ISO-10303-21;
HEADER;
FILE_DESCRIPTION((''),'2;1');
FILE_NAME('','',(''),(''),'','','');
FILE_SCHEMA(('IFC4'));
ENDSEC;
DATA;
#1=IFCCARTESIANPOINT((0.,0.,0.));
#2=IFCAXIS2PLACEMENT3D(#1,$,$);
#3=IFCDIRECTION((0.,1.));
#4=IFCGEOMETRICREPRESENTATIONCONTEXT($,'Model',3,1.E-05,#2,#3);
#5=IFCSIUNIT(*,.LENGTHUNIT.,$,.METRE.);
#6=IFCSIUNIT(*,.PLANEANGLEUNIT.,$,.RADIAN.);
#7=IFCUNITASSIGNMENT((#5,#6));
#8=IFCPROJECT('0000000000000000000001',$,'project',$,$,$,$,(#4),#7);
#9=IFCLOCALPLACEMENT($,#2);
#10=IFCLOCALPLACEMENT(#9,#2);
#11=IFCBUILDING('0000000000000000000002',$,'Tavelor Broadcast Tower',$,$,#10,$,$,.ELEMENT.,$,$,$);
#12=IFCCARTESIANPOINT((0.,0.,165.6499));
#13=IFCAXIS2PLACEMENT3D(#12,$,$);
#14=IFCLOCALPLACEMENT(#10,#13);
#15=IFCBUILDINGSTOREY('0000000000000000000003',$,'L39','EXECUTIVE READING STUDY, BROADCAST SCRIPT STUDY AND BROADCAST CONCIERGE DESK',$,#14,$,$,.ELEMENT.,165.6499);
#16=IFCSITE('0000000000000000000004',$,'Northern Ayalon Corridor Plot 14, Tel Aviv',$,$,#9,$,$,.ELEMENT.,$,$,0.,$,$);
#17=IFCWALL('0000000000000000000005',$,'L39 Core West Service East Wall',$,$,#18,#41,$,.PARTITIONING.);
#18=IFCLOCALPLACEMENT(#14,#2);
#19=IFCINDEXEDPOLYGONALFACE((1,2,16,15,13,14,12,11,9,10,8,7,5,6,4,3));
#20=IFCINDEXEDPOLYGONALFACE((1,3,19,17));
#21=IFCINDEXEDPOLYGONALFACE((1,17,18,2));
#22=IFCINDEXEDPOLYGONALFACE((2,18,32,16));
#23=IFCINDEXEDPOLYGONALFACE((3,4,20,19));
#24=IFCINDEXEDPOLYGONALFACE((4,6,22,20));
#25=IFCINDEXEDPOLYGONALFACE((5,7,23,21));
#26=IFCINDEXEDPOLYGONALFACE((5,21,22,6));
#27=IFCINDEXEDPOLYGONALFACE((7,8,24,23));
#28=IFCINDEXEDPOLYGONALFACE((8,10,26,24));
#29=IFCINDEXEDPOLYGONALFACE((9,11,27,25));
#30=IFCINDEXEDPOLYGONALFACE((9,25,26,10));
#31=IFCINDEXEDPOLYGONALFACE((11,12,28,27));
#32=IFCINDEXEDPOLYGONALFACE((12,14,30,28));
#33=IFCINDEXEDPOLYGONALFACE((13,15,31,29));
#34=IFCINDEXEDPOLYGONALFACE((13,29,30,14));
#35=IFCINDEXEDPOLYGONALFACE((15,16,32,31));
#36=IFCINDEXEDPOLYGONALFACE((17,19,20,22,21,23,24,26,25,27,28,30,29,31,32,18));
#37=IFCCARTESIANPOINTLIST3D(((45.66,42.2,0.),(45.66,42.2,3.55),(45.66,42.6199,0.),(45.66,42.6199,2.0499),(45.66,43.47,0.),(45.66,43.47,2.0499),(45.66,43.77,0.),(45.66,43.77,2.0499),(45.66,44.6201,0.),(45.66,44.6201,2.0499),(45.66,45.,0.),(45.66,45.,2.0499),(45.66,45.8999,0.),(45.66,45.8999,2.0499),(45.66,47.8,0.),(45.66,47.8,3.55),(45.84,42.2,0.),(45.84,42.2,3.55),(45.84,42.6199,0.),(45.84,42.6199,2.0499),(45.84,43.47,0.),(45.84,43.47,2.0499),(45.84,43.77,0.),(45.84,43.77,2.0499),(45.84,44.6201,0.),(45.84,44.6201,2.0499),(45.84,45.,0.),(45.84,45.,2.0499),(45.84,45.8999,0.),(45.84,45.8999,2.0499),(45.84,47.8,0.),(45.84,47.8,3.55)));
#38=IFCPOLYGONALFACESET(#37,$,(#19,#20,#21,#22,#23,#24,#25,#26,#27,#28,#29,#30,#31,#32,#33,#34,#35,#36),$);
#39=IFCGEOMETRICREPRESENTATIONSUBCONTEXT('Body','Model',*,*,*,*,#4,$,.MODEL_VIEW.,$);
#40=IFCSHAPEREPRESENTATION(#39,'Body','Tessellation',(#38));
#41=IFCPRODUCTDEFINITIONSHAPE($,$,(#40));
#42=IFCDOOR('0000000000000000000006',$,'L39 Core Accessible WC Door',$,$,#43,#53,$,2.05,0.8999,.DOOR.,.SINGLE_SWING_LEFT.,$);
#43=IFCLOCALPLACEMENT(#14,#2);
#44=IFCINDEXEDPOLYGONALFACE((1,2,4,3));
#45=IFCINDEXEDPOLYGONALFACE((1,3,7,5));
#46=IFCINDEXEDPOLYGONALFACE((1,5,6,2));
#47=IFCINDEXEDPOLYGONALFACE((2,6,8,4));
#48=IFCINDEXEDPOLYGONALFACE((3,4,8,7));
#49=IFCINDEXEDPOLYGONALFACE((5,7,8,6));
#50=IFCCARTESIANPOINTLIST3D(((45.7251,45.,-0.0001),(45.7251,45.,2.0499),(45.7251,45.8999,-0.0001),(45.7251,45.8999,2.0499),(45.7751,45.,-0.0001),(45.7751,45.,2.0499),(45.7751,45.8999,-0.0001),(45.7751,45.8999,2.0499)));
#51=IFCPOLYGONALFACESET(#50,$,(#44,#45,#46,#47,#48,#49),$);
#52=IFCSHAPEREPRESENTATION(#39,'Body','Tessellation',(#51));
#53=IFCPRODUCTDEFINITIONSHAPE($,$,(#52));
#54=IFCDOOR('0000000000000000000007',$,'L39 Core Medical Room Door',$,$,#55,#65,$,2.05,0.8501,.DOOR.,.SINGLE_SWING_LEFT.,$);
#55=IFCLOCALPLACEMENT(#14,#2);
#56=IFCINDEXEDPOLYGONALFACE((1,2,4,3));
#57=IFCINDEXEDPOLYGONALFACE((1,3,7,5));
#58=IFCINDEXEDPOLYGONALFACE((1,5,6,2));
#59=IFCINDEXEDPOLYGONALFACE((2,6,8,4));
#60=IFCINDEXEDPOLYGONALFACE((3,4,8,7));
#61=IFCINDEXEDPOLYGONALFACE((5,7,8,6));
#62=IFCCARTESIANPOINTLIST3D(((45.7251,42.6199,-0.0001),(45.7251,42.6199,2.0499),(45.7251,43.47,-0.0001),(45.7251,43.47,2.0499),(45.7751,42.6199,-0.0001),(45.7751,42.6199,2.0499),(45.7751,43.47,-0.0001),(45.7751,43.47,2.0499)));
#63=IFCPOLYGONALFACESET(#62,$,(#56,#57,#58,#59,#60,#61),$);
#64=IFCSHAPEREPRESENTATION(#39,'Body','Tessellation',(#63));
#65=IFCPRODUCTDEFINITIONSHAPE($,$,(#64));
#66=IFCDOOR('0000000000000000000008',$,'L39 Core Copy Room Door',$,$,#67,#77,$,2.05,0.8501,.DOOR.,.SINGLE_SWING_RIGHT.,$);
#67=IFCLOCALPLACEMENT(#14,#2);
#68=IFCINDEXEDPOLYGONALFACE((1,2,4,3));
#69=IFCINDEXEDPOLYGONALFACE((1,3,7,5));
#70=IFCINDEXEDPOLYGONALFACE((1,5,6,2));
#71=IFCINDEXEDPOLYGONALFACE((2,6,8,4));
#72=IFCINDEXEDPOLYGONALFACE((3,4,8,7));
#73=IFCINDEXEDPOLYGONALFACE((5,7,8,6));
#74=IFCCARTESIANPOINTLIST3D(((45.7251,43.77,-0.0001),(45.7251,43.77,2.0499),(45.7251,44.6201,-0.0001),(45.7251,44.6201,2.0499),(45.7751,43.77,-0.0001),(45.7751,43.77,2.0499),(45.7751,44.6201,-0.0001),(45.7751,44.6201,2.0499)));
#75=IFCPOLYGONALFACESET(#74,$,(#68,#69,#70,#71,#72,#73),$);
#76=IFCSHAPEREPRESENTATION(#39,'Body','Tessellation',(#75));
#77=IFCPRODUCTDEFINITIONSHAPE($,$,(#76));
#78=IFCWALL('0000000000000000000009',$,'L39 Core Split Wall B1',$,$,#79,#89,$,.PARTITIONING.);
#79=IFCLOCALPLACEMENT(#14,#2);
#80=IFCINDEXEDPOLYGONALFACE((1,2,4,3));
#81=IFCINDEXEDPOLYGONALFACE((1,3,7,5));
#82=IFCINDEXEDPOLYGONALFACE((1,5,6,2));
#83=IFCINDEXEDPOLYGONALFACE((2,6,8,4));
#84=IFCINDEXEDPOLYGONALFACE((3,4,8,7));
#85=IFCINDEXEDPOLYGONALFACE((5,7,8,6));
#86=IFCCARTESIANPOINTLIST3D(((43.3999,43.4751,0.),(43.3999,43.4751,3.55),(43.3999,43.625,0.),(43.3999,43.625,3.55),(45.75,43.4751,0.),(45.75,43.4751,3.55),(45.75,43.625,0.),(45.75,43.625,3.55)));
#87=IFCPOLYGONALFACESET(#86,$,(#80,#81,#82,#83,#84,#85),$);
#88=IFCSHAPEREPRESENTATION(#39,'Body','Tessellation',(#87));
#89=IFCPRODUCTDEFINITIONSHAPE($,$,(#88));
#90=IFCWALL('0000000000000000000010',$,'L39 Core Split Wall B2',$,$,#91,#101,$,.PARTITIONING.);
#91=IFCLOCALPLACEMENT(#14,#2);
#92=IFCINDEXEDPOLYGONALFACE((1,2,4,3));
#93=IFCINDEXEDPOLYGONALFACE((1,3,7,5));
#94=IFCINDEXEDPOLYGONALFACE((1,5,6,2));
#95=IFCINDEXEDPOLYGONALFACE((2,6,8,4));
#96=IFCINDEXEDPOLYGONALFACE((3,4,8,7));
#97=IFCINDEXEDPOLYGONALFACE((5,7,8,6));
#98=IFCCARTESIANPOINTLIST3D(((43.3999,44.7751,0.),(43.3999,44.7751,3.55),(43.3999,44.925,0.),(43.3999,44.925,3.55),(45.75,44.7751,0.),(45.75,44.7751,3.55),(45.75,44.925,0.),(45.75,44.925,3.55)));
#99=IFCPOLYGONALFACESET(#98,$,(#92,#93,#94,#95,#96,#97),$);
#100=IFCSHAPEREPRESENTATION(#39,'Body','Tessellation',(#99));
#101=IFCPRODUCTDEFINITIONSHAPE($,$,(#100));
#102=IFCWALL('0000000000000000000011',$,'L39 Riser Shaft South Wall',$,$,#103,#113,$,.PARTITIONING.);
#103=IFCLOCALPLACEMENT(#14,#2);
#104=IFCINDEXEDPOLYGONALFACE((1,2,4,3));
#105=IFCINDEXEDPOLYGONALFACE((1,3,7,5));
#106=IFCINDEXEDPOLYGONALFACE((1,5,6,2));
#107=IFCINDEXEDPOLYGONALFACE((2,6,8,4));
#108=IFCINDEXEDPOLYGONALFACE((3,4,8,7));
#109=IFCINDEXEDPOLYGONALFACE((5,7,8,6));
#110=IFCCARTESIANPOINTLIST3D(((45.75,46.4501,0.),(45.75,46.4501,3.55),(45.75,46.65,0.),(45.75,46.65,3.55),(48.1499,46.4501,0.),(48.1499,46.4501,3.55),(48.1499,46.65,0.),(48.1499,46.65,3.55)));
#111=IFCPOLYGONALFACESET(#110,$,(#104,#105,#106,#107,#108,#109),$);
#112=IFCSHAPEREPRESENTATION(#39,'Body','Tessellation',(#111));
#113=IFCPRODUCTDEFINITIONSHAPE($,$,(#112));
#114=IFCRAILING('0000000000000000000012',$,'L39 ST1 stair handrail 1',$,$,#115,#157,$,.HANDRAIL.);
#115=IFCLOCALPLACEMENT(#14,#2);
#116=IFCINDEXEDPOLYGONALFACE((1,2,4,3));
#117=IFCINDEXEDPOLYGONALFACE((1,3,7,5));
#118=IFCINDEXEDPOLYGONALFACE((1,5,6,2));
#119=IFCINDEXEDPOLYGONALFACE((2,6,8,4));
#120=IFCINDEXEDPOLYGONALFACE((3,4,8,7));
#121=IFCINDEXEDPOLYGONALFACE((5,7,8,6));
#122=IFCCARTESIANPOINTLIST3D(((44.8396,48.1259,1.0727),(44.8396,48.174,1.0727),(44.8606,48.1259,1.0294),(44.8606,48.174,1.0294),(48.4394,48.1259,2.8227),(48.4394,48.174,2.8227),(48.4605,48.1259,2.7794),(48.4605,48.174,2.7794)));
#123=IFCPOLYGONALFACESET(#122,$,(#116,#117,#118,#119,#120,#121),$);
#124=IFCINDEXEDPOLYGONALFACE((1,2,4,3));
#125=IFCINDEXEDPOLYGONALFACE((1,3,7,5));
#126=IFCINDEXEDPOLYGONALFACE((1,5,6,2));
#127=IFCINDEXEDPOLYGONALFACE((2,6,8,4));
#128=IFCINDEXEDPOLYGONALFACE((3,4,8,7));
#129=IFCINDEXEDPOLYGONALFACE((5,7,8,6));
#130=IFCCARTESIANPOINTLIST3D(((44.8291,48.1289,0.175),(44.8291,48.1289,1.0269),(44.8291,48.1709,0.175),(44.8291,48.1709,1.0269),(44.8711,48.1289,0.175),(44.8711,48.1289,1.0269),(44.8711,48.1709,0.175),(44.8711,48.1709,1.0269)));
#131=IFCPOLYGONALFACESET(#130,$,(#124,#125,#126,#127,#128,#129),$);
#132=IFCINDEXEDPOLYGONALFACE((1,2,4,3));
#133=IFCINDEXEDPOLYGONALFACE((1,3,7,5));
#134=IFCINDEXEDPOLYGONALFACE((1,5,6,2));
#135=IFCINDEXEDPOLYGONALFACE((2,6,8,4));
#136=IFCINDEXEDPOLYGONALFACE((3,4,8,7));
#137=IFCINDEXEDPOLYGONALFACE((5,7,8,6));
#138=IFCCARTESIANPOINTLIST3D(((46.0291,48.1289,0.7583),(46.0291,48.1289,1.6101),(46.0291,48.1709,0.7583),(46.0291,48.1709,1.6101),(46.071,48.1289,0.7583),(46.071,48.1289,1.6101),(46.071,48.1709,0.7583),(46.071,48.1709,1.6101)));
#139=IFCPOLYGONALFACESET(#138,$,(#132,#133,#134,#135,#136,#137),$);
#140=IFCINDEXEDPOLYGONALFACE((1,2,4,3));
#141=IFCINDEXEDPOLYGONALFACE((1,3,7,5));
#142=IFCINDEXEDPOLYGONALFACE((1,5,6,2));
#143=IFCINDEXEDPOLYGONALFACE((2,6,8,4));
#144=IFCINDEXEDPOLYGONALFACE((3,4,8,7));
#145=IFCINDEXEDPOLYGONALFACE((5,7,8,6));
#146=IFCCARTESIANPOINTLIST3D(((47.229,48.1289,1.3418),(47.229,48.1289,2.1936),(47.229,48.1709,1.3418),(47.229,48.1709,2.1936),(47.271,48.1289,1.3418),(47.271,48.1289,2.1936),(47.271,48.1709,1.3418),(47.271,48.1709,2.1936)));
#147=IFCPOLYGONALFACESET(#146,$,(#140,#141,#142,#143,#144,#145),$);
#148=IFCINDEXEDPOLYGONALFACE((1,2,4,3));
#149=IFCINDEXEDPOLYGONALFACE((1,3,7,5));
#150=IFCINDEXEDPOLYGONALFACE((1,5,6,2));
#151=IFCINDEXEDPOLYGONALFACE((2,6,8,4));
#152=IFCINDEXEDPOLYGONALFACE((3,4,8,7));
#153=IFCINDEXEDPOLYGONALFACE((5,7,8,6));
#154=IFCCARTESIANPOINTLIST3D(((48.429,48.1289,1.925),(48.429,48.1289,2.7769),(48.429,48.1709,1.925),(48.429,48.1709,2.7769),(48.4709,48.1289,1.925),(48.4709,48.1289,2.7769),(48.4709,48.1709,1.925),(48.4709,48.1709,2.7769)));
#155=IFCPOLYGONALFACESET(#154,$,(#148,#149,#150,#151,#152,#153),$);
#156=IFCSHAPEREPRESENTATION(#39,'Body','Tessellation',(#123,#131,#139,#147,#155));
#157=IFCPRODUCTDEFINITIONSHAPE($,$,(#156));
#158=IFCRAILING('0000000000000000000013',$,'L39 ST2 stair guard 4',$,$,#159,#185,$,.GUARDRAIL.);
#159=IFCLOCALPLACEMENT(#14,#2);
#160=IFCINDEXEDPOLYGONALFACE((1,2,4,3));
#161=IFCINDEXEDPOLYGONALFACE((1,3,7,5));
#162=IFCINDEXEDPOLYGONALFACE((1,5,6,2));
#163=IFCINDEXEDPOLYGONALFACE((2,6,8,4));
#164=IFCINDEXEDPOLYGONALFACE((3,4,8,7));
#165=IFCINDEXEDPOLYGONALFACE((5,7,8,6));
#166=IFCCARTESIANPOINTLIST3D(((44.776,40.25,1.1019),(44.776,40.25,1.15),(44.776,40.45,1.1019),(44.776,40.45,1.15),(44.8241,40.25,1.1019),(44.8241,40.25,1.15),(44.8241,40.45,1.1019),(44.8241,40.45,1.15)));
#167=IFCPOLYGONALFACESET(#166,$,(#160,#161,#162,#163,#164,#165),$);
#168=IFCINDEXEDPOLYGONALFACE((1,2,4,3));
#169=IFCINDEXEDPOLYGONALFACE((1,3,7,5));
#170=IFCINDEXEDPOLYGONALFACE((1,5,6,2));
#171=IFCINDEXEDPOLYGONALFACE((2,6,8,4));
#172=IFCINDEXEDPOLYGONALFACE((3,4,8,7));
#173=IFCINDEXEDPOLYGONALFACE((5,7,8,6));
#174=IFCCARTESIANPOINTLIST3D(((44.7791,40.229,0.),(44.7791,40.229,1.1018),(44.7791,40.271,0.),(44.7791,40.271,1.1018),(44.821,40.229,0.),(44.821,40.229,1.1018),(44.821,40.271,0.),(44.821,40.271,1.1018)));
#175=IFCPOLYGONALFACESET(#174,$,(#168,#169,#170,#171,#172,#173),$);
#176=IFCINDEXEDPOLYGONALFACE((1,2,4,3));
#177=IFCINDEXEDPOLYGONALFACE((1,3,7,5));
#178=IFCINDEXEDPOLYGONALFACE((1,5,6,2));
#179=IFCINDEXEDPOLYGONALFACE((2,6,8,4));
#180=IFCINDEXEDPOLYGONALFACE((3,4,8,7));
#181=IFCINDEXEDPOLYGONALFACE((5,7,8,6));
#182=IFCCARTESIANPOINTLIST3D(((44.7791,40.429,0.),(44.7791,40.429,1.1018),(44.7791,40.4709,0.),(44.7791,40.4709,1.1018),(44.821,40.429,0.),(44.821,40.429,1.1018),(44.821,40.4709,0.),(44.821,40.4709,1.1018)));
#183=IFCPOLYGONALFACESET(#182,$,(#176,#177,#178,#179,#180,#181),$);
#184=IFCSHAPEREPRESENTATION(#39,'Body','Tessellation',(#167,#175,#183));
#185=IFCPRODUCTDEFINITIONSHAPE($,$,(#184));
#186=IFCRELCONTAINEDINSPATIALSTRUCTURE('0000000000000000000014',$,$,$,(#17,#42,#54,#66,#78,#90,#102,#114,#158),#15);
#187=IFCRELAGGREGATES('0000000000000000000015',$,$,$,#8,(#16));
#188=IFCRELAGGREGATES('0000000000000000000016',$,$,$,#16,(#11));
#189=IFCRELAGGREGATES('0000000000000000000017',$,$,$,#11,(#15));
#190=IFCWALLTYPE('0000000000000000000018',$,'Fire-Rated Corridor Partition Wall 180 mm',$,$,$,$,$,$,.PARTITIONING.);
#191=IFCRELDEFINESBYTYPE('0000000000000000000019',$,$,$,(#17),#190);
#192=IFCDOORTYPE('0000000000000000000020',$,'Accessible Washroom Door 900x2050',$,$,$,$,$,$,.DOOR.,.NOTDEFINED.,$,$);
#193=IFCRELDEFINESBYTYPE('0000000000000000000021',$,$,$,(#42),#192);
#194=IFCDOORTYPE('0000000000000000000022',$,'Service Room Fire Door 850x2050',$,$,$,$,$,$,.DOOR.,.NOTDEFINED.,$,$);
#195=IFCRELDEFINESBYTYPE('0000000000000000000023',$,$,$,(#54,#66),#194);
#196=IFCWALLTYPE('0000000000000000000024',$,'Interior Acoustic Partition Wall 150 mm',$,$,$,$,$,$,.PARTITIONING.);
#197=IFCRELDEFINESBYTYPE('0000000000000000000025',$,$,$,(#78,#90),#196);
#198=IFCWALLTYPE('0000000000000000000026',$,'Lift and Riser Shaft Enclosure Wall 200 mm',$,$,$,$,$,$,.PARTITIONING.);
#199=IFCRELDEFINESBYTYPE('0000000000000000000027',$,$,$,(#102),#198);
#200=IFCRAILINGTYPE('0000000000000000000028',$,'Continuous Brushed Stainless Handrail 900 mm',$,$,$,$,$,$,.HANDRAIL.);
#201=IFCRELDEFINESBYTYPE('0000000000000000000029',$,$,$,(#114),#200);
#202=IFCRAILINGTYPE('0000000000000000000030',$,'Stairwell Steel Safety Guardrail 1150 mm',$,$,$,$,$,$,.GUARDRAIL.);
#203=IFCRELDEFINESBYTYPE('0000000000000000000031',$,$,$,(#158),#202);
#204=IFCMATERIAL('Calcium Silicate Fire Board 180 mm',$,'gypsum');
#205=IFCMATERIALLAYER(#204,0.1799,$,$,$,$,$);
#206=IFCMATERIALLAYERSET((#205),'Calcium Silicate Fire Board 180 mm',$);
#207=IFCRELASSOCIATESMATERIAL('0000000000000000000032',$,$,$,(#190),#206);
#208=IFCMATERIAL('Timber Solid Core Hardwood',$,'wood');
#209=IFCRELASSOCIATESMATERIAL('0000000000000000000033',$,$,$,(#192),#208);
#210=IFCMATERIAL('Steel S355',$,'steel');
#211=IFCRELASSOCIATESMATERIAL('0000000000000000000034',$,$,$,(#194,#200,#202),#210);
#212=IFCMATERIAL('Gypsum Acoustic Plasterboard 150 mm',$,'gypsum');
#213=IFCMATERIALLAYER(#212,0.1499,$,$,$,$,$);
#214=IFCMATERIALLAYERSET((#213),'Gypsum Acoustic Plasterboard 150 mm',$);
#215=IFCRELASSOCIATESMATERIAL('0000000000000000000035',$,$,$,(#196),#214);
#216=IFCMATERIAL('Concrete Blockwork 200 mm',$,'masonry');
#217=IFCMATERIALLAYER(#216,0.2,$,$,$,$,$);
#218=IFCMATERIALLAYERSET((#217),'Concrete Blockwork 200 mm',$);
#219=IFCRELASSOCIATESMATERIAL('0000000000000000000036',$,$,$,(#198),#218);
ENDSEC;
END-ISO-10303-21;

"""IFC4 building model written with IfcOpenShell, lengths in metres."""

from ifc_helpers import new_model, si_unit, direction, frame, frame_2d, origin, origin_2d, place, context, subcontext, project, spatial, rectangle, extrude, material, layer, layer_set, type_object, element, fill, save


model = new_model("IFC4")

# Units and contexts
model_context = context("Model", 3, precision=1e-05, world=origin(), true_north=direction((0.0, 1.0)))
body_context = subcontext(model_context, "Body", "Model", "MODEL_VIEW")
ifc_project = project(units=[si_unit("LENGTHUNIT", "METRE"), si_unit("PLANEANGLEUNIT", "RADIAN")], contexts=[model_context])

# Site, building, storey
site_placement = place(None, origin())
site = spatial("IfcSite", under=ifc_project, at=site_placement, Name="Northern Ayalon Corridor Plot 14, Tel Aviv", CompositionType="ELEMENT", RefElevation=0.0)
building_placement = place(site_placement, origin())
building = spatial("IfcBuilding", under=site, at=building_placement, Name="Tavelor Broadcast Tower", CompositionType="ELEMENT")
storey_placement = place(building_placement, frame((0.0, 0.0, 165.6499)))
storey = spatial("IfcBuildingStorey", under=building, at=storey_placement, Name="L39", Description="EXECUTIVE READING STUDY, BROADCAST SCRIPT STUDY AND BROADCAST CONCIERGE DESK", CompositionType="ELEMENT", Elevation=165.6499)

# Wall, openings, doors
ifc_material_1 = material(Name="Calcium Silicate Fire Board 180 mm", Category="gypsum")
ifc_layer_1 = layer(ifc_material_1, 0.1799)
ifc_layer_set_1 = layer_set([ifc_layer_1], Name="Calcium Silicate Fire Board 180 mm")
wall_type_1 = type_object("IfcWallType", Name="Fire-Rated Corridor Partition Wall 180 mm", PredefinedType="PARTITIONING", material=ifc_layer_set_1)
wall_1_placement = place(storey_placement, frame((45.75, 42.2, 0.0), z_axis=(0.0, 0.0, 1.0), x_axis=(0.0, 1.0, 0.0)))
wall_1 = element("IfcWall", 1, at=wall_1_placement, inside=storey, type_object=wall_type_1, Name="L39 Core West Service East Wall", PredefinedType="PARTITIONING", context=body_context, shape_type="SweptSolid", body=[
    extrude(rectangle(XDim=5.6001, YDim=0.1799, at=frame_2d((2.8, 0.0))), origin(), (0.0, 0.0, 1.0), 3.55),
])
opening_1_placement = place(wall_1_placement, frame((0.4199, 0.0, 0.0)))
opening_1 = element("IfcOpeningElement", 2, at=opening_1_placement, cuts=wall_1, PredefinedType="OPENING", context=body_context, shape_type="SweptSolid", body=[
    extrude(rectangle(XDim=0.8501, YDim=2.05, at=frame_2d((0.425, 1.0249))), frame((0.0, 0.1001, 0.0), z_axis=(0.0, -1.0, 0.0), x_axis=(1.0, 0.0, 0.0)), (0.0, 0.0, 1.0), 0.2),
])
opening_2_placement = place(wall_1_placement, frame((1.5701, 0.0, 0.0)))
opening_2 = element("IfcOpeningElement", 3, at=opening_2_placement, cuts=wall_1, PredefinedType="OPENING", context=body_context, shape_type="SweptSolid", body=[
    extrude(rectangle(XDim=0.8501, YDim=2.05, at=frame_2d((0.425, 1.0249))), frame((0.0, 0.1001, 0.0), z_axis=(0.0, -1.0, 0.0), x_axis=(1.0, 0.0, 0.0)), (0.0, 0.0, 1.0), 0.2),
])
opening_3_placement = place(wall_1_placement, frame((2.8, 0.0, 0.0)))
opening_3 = element("IfcOpeningElement", 4, at=opening_3_placement, cuts=wall_1, PredefinedType="OPENING", context=body_context, shape_type="SweptSolid", body=[
    extrude(rectangle(XDim=0.8999, YDim=2.05, at=frame_2d((0.45, 1.0249))), frame((0.0, 0.1001, 0.0), z_axis=(0.0, -1.0, 0.0), x_axis=(1.0, 0.0, 0.0)), (0.0, 0.0, 1.0), 0.2),
])
ifc_material_2 = material(Name="Timber Solid Core Hardwood", Category="wood")
door_type_1 = type_object("IfcDoorType", Name="Accessible Washroom Door 900x2050", OperationType="NOTDEFINED", PredefinedType="DOOR", material=ifc_material_2)
door_1_placement = place(opening_3_placement, origin())
door_1 = element("IfcDoor", 5, at=door_1_placement, inside=storey, type_object=door_type_1, Name="L39 Core Accessible WC Door", OperationType="SINGLE_SWING_LEFT", OverallHeight=2.05, OverallWidth=0.8999, PredefinedType="DOOR", context=body_context, shape_type="SweptSolid", body=[
    extrude(rectangle(XDim=0.8999, YDim=2.05, at=frame_2d((0.45, 1.0249))), frame((0.0, 0.0249, 0.0), z_axis=(0.0, -1.0, 0.0), x_axis=(1.0, 0.0, 0.0)), (0.0, 0.0, 1.0), 0.05),
])
fill(opening_3, door_1)
ifc_material_3 = material(Name="Steel S355", Category="steel")
door_type_2 = type_object("IfcDoorType", Name="Service Room Fire Door 850x2050", OperationType="NOTDEFINED", PredefinedType="DOOR", material=ifc_material_3)
door_2_placement = place(opening_1_placement, origin())
door_2 = element("IfcDoor", 6, at=door_2_placement, inside=storey, type_object=door_type_2, Name="L39 Core Medical Room Door", OperationType="SINGLE_SWING_LEFT", OverallHeight=2.05, OverallWidth=0.8501, PredefinedType="DOOR", context=body_context, shape_type="SweptSolid", body=[
    extrude(rectangle(XDim=0.8501, YDim=2.05, at=frame_2d((0.425, 1.0249))), frame((0.0, 0.0249, 0.0), z_axis=(0.0, -1.0, 0.0), x_axis=(1.0, 0.0, 0.0)), (0.0, 0.0, 1.0), 0.05),
])
fill(opening_1, door_2)
door_3_placement = place(opening_2_placement, origin())
door_3 = element("IfcDoor", 7, at=door_3_placement, inside=storey, type_object=door_type_2, Name="L39 Core Copy Room Door", OperationType="SINGLE_SWING_RIGHT", OverallHeight=2.05, OverallWidth=0.8501, PredefinedType="DOOR", context=body_context, shape_type="SweptSolid", body=[
    extrude(rectangle(XDim=0.8501, YDim=2.05, at=frame_2d((0.425, 1.0249))), frame((0.0, 0.0249, 0.0), z_axis=(0.0, -1.0, 0.0), x_axis=(1.0, 0.0, 0.0)), (0.0, 0.0, 1.0), 0.05),
])
fill(opening_2, door_3)

# Walls
ifc_material_4 = material(Name="Gypsum Acoustic Plasterboard 150 mm", Category="gypsum")
ifc_layer_2 = layer(ifc_material_4, 0.1499)
ifc_layer_set_2 = layer_set([ifc_layer_2], Name="Gypsum Acoustic Plasterboard 150 mm")
wall_type_2 = type_object("IfcWallType", Name="Interior Acoustic Partition Wall 150 mm", PredefinedType="PARTITIONING", material=ifc_layer_set_2)
for number, where, z_axis, x_axis, name in (
    (8, (43.3999, 43.55, 0.0), (0.0, 0.0, 1.0), (1.0, 0.0, 0.0), "L39 Core Split Wall B1"),
    (9, (43.3999, 44.8501, 0.0), (0.0, 0.0, 1.0), (1.0, 0.0, 0.0), "L39 Core Split Wall B2"),
):
    element("IfcWall", number, at=place(storey_placement, frame(where, z_axis=z_axis, x_axis=x_axis)), inside=storey, type_object=wall_type_2, Name=name, PredefinedType="PARTITIONING", context=body_context, shape_type="SweptSolid", body=[
        extrude(rectangle(XDim=2.3501, YDim=0.1499, at=frame_2d((1.175, 0.0))), origin(), (0.0, 0.0, 1.0), 3.55),
    ])
ifc_material_5 = material(Name="Concrete Blockwork 200 mm", Category="masonry")
ifc_layer_3 = layer(ifc_material_5, 0.2)
ifc_layer_set_3 = layer_set([ifc_layer_3], Name="Concrete Blockwork 200 mm")
wall_type_3 = type_object("IfcWallType", Name="Lift and Riser Shaft Enclosure Wall 200 mm", PredefinedType="PARTITIONING", material=ifc_layer_set_3)
wall_2_placement = place(storey_placement, frame((45.75, 46.55, 0.0), z_axis=(0.0, 0.0, 1.0), x_axis=(1.0, 0.0, 0.0)))
element("IfcWall", 10, at=wall_2_placement, inside=storey, type_object=wall_type_3, Name="L39 Riser Shaft South Wall", PredefinedType="PARTITIONING", context=body_context, shape_type="SweptSolid", body=[
    extrude(rectangle(XDim=2.3999, YDim=0.2, at=frame_2d((1.2, 0.0))), origin(), (0.0, 0.0, 1.0), 3.55),
])

# Railings
railing_type_1 = type_object("IfcRailingType", Name="Continuous Brushed Stainless Handrail 900 mm", PredefinedType="HANDRAIL", material=ifc_material_3)
railing_1_placement = place(storey_placement, frame((44.8501, 48.1499, 0.175)))
element("IfcRailing", 11, at=railing_1_placement, inside=storey, type_object=railing_type_1, Name="L39 ST1 stair handrail 1", PredefinedType="HANDRAIL", context=body_context, shape_type="SweptSolid", body=[
    extrude(rectangle(XDim=0.0481, YDim=0.0481, at=origin_2d()), frame((0.0, 0.0, 0.876), z_axis=(0.899361, 0.0, 0.437207), x_axis=(0.0, 1.0, 0.0)), (0.0, 0.0, 1.0), 4.0027),
    extrude(rectangle(XDim=0.042, YDim=0.042, at=origin_2d()), origin(), (0.0, 0.0, 1.0), 0.8518),
    extrude(rectangle(XDim=0.042, YDim=0.042, at=origin_2d()), frame((1.2, 0.0, 0.5833)), (0.0, 0.0, 1.0), 0.8518),
    extrude(rectangle(XDim=0.042, YDim=0.042, at=origin_2d()), frame((2.3999, 0.0, 1.1667)), (0.0, 0.0, 1.0), 0.8518),
    extrude(rectangle(XDim=0.042, YDim=0.042, at=origin_2d()), frame((3.5999, 0.0, 1.75)), (0.0, 0.0, 1.0), 0.8518),
])
railing_type_2 = type_object("IfcRailingType", Name="Stairwell Steel Safety Guardrail 1150 mm", PredefinedType="GUARDRAIL", material=ifc_material_3)
railing_2_placement = place(storey_placement, frame((44.8, 40.25, 0.0)))
element("IfcRailing", 12, at=railing_2_placement, inside=storey, type_object=railing_type_2, Name="L39 ST2 stair guard 4", PredefinedType="GUARDRAIL", context=body_context, shape_type="SweptSolid", body=[
    extrude(rectangle(XDim=0.0481, YDim=0.0481, at=origin_2d()), frame((0.0, 0.0, 1.126), z_axis=(0.0, 1.0, 0.0), x_axis=(-1.0, 0.0, 0.0)), (0.0, 0.0, 1.0), 0.2),
    extrude(rectangle(XDim=0.042, YDim=0.042, at=origin_2d()), origin(), (0.0, 0.0, 1.0), 1.1018),
    extrude(rectangle(XDim=0.042, YDim=0.042, at=origin_2d()), frame((0.0, 0.2, 0.0)), (0.0, 0.0, 1.0), 1.1018),
])

save(model, "model.ifc")
